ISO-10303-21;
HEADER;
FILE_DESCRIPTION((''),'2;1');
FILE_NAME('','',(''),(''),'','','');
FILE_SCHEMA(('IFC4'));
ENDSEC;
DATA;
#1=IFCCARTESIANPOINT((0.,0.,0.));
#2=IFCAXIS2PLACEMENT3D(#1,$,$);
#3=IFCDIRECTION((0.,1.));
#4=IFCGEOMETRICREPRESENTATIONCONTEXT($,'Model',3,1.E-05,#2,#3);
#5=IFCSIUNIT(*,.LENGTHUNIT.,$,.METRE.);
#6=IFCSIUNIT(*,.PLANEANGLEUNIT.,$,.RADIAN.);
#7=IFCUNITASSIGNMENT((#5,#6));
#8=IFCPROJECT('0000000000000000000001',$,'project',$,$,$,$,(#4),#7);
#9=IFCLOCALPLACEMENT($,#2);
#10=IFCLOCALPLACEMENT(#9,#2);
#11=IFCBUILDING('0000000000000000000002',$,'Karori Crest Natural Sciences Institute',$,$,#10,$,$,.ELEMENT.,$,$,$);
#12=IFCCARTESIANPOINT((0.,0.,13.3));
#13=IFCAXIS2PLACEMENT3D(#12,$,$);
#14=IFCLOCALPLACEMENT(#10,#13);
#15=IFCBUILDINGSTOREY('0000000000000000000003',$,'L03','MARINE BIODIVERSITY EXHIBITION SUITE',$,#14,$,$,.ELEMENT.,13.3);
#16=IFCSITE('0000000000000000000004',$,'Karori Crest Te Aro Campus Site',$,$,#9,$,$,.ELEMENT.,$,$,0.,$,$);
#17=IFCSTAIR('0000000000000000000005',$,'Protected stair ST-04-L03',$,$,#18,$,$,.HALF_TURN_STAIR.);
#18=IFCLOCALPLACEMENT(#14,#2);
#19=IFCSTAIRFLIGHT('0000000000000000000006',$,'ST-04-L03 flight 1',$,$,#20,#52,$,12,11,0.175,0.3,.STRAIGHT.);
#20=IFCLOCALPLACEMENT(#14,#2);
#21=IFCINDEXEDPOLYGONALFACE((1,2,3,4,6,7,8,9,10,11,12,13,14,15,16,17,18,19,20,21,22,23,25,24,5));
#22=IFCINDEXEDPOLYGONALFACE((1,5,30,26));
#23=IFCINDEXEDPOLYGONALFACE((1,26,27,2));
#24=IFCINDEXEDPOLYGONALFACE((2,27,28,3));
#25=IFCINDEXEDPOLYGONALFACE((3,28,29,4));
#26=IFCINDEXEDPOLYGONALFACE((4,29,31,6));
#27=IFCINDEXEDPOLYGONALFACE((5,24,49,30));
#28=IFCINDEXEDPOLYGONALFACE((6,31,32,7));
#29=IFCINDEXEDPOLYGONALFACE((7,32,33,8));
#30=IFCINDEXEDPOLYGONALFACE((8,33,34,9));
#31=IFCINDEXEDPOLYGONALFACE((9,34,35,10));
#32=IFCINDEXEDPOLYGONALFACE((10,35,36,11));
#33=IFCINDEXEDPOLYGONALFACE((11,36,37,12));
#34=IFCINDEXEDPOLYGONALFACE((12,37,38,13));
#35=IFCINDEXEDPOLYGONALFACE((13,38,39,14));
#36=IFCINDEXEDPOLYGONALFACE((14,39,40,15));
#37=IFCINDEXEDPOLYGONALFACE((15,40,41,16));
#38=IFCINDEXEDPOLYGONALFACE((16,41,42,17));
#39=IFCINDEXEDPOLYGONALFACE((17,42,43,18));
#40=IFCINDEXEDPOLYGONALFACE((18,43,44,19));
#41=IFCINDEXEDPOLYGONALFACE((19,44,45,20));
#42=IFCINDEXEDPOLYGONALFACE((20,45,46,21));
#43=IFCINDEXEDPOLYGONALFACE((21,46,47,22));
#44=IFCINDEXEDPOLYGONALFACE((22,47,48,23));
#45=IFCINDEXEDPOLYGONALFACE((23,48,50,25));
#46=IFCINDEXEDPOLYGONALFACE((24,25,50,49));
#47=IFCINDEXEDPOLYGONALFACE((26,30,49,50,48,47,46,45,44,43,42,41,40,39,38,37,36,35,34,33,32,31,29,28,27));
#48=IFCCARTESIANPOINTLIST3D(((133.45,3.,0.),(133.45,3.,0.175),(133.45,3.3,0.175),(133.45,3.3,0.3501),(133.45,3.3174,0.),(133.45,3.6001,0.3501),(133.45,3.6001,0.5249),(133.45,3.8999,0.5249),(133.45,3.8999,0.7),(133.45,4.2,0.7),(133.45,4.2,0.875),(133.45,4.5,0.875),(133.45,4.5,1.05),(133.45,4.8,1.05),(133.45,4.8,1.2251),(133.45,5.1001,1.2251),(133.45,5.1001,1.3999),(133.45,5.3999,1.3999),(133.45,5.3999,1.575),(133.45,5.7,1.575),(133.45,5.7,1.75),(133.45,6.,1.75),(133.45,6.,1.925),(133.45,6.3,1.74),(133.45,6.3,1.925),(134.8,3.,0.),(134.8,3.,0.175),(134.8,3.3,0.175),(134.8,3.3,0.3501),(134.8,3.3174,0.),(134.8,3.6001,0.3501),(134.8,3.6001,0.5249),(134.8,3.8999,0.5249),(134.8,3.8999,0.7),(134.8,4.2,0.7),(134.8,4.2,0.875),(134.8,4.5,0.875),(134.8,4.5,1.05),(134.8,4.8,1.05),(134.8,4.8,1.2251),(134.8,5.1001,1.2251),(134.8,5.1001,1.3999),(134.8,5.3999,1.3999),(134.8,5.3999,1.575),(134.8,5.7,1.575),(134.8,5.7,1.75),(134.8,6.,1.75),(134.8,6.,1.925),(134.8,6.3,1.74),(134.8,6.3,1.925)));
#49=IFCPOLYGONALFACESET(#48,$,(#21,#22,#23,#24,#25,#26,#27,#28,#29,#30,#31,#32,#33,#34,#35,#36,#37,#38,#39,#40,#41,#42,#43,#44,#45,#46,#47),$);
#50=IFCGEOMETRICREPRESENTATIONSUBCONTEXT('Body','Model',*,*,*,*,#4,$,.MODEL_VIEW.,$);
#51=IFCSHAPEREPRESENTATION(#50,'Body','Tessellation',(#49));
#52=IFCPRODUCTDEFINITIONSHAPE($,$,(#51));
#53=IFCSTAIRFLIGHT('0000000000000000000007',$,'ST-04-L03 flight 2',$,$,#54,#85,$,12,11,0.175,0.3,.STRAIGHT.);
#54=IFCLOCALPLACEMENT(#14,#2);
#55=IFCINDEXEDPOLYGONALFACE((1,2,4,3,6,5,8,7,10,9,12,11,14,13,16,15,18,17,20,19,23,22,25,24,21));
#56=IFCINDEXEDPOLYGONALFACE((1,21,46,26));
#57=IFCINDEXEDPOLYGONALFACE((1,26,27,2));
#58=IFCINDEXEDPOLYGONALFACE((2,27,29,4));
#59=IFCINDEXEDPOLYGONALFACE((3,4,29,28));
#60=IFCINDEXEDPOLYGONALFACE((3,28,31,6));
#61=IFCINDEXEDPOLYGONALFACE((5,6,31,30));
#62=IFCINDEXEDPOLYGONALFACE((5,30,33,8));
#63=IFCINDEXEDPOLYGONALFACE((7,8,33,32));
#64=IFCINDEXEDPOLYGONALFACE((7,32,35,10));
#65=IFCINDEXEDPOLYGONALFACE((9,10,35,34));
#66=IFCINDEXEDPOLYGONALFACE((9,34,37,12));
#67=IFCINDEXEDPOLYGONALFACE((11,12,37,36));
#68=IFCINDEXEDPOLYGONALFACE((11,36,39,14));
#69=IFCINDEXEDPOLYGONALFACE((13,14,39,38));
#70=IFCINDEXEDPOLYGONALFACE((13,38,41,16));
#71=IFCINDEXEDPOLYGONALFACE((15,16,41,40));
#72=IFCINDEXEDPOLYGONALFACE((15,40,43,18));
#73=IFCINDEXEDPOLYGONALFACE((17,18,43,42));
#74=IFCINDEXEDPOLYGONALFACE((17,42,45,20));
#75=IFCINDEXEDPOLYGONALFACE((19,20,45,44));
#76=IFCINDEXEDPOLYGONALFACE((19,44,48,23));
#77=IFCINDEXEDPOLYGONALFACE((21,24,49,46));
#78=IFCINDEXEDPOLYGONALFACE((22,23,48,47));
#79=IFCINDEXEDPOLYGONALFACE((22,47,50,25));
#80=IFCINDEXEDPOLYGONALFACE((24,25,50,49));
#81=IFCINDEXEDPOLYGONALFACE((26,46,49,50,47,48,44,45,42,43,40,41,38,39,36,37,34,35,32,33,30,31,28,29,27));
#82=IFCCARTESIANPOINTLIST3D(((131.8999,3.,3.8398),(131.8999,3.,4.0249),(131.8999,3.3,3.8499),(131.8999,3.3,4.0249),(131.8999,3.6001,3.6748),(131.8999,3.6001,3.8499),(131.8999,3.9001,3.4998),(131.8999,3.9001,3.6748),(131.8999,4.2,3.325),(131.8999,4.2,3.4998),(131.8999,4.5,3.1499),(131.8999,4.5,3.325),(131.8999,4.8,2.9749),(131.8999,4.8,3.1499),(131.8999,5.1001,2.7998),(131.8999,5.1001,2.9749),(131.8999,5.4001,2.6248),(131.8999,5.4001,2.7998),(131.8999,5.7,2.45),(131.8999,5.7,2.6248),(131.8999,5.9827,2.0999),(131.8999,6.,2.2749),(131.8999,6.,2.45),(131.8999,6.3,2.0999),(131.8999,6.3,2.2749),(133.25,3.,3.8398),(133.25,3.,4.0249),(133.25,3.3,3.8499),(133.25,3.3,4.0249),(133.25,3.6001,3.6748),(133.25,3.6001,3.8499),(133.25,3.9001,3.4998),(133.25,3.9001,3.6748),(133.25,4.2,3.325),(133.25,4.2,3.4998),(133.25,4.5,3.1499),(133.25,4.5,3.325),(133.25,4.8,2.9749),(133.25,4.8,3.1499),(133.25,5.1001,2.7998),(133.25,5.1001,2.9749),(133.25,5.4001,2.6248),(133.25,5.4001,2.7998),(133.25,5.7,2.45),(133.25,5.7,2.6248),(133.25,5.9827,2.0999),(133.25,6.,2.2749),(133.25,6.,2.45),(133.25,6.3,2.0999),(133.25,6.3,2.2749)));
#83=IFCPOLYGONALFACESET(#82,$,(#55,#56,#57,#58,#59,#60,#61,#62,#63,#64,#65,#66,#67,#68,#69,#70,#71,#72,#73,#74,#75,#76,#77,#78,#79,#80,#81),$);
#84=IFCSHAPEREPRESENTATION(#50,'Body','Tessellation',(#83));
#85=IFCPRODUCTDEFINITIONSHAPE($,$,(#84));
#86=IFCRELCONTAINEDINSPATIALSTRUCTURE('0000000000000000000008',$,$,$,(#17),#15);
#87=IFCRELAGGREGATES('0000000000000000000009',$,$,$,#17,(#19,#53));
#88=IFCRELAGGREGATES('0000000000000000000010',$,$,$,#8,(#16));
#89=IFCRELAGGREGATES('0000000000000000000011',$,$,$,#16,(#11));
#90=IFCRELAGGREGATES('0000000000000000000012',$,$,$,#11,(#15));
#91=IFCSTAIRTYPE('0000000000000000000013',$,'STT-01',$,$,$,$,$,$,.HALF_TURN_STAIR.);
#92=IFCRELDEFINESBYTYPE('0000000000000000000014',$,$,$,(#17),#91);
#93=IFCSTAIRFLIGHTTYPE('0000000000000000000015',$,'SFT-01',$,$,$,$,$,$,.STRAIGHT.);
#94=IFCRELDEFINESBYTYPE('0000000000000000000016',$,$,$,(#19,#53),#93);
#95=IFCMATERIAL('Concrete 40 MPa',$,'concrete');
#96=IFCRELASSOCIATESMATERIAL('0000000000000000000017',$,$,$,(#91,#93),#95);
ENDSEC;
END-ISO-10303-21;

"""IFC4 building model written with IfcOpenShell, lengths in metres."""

from ifc_helpers import new_model, si_unit, direction, frame, origin, place, context, subcontext, project, spatial, polyline, outline, extrude, material, type_object, element, aggregate, save


model = new_model("IFC4")

# Units and contexts
model_context = context("Model", 3, precision=1e-05, world=origin(), true_north=direction((0.0, 1.0)))
body_context = subcontext(model_context, "Body", "Model", "MODEL_VIEW")
ifc_project = project(units=[si_unit("LENGTHUNIT", "METRE"), si_unit("PLANEANGLEUNIT", "RADIAN")], contexts=[model_context])

# Site, building, storey
site_placement = place(None, origin())
site = spatial("IfcSite", under=ifc_project, at=site_placement, Name="Karori Crest Te Aro Campus Site", CompositionType="ELEMENT", RefElevation=0.0)
building_placement = place(site_placement, origin())
building = spatial("IfcBuilding", under=site, at=building_placement, Name="Karori Crest Natural Sciences Institute", CompositionType="ELEMENT")
storey_placement = place(building_placement, frame((0.0, 0.0, 13.3)))
storey = spatial("IfcBuildingStorey", under=building, at=storey_placement, Name="L03", Description="MARINE BIODIVERSITY EXHIBITION SUITE", CompositionType="ELEMENT", Elevation=13.3)

# Stair, stair flights
ifc_material_1 = material(Name="Concrete 40 MPa", Category="concrete")
stair_type = type_object("IfcStairType", Name="STT-01", PredefinedType="HALF_TURN_STAIR", material=ifc_material_1)
stair_placement = place(storey_placement, origin())
stair = element("IfcStair", 1, at=stair_placement, inside=storey, type_object=stair_type, Name="Protected stair ST-04-L03", PredefinedType="HALF_TURN_STAIR")
stair_flight_type = type_object("IfcStairFlightType", Name="SFT-01", PredefinedType="STRAIGHT", material=ifc_material_1)
stair_flight_1_placement = place(storey_placement, frame((134.125, 3.0, 0.0), z_axis=(0.0, 0.0, 1.0), x_axis=(0.0, 1.0, 0.0)))
stair_flight_1 = element("IfcStairFlight", 2, at=stair_flight_1_placement, type_object=stair_flight_type, Name="ST-04-L03 flight 1", NumberOfRisers=12, NumberOfTreads=11, PredefinedType="STRAIGHT", RiserHeight=0.175, TreadLength=0.3, context=body_context, shape_type="SweptSolid", body=[
    extrude(outline(polyline([(0.0, 0.0), (0.0, 0.175), (0.3, 0.175), (0.3, 0.3501), (0.6001, 0.3501), (0.6001, 0.5249), (0.8999, 0.5249), (0.8999, 0.7), (1.2, 0.7), (1.2, 0.875), (1.5, 0.875), (1.5, 1.05), (1.8, 1.05), (1.8, 1.2251), (2.1001, 1.2251), (2.1001, 1.3999), (2.3999, 1.3999), (2.3999, 1.575), (2.7, 1.575), (2.7, 1.75), (3.0, 1.75), (3.0, 1.925), (3.3, 1.925), (3.3, 2.1001), (3.3, 1.74), (0.3174, 0.0), (0.0, 0.0)])), frame((0.0, 0.675, 0.0), z_axis=(0.0, -1.0, 0.0), x_axis=(1.0, 0.0, 0.0)), (0.0, 0.0, 1.0), 1.3501),
])
stair_flight_2_placement = place(storey_placement, frame((132.575, 6.3, 2.0999), z_axis=(0.0, 0.0, 1.0), x_axis=(0.0, -1.0, 0.0)))
stair_flight_2 = element("IfcStairFlight", 3, at=stair_flight_2_placement, type_object=stair_flight_type, Name="ST-04-L03 flight 2", NumberOfRisers=12, NumberOfTreads=11, PredefinedType="STRAIGHT", RiserHeight=0.175, TreadLength=0.3, context=body_context, shape_type="SweptSolid", body=[
    extrude(outline(polyline([(0.0, 0.0), (0.0, 0.175), (0.3, 0.175), (0.3, 0.3501), (0.6001, 0.3501), (0.6001, 0.5249), (0.8999, 0.5249), (0.8999, 0.7), (1.2, 0.7), (1.2, 0.875), (1.5, 0.875), (1.5, 1.05), (1.8, 1.05), (1.8, 1.2251), (2.1001, 1.2251), (2.1001, 1.3999), (2.3999, 1.3999), (2.3999, 1.575), (2.7, 1.575), (2.7, 1.75), (3.0, 1.75), (3.0, 1.925), (3.3, 1.925), (3.3, 2.1001), (3.3, 1.74), (0.3174, 0.0), (0.0, 0.0)])), frame((0.0, 0.675, 0.0), z_axis=(0.0, -1.0, 0.0), x_axis=(1.0, 0.0, 0.0)), (0.0, 0.0, 1.0), 1.3501),
])
aggregate(stair, [stair_flight_1, stair_flight_2])

save(model, "model.ifc")
